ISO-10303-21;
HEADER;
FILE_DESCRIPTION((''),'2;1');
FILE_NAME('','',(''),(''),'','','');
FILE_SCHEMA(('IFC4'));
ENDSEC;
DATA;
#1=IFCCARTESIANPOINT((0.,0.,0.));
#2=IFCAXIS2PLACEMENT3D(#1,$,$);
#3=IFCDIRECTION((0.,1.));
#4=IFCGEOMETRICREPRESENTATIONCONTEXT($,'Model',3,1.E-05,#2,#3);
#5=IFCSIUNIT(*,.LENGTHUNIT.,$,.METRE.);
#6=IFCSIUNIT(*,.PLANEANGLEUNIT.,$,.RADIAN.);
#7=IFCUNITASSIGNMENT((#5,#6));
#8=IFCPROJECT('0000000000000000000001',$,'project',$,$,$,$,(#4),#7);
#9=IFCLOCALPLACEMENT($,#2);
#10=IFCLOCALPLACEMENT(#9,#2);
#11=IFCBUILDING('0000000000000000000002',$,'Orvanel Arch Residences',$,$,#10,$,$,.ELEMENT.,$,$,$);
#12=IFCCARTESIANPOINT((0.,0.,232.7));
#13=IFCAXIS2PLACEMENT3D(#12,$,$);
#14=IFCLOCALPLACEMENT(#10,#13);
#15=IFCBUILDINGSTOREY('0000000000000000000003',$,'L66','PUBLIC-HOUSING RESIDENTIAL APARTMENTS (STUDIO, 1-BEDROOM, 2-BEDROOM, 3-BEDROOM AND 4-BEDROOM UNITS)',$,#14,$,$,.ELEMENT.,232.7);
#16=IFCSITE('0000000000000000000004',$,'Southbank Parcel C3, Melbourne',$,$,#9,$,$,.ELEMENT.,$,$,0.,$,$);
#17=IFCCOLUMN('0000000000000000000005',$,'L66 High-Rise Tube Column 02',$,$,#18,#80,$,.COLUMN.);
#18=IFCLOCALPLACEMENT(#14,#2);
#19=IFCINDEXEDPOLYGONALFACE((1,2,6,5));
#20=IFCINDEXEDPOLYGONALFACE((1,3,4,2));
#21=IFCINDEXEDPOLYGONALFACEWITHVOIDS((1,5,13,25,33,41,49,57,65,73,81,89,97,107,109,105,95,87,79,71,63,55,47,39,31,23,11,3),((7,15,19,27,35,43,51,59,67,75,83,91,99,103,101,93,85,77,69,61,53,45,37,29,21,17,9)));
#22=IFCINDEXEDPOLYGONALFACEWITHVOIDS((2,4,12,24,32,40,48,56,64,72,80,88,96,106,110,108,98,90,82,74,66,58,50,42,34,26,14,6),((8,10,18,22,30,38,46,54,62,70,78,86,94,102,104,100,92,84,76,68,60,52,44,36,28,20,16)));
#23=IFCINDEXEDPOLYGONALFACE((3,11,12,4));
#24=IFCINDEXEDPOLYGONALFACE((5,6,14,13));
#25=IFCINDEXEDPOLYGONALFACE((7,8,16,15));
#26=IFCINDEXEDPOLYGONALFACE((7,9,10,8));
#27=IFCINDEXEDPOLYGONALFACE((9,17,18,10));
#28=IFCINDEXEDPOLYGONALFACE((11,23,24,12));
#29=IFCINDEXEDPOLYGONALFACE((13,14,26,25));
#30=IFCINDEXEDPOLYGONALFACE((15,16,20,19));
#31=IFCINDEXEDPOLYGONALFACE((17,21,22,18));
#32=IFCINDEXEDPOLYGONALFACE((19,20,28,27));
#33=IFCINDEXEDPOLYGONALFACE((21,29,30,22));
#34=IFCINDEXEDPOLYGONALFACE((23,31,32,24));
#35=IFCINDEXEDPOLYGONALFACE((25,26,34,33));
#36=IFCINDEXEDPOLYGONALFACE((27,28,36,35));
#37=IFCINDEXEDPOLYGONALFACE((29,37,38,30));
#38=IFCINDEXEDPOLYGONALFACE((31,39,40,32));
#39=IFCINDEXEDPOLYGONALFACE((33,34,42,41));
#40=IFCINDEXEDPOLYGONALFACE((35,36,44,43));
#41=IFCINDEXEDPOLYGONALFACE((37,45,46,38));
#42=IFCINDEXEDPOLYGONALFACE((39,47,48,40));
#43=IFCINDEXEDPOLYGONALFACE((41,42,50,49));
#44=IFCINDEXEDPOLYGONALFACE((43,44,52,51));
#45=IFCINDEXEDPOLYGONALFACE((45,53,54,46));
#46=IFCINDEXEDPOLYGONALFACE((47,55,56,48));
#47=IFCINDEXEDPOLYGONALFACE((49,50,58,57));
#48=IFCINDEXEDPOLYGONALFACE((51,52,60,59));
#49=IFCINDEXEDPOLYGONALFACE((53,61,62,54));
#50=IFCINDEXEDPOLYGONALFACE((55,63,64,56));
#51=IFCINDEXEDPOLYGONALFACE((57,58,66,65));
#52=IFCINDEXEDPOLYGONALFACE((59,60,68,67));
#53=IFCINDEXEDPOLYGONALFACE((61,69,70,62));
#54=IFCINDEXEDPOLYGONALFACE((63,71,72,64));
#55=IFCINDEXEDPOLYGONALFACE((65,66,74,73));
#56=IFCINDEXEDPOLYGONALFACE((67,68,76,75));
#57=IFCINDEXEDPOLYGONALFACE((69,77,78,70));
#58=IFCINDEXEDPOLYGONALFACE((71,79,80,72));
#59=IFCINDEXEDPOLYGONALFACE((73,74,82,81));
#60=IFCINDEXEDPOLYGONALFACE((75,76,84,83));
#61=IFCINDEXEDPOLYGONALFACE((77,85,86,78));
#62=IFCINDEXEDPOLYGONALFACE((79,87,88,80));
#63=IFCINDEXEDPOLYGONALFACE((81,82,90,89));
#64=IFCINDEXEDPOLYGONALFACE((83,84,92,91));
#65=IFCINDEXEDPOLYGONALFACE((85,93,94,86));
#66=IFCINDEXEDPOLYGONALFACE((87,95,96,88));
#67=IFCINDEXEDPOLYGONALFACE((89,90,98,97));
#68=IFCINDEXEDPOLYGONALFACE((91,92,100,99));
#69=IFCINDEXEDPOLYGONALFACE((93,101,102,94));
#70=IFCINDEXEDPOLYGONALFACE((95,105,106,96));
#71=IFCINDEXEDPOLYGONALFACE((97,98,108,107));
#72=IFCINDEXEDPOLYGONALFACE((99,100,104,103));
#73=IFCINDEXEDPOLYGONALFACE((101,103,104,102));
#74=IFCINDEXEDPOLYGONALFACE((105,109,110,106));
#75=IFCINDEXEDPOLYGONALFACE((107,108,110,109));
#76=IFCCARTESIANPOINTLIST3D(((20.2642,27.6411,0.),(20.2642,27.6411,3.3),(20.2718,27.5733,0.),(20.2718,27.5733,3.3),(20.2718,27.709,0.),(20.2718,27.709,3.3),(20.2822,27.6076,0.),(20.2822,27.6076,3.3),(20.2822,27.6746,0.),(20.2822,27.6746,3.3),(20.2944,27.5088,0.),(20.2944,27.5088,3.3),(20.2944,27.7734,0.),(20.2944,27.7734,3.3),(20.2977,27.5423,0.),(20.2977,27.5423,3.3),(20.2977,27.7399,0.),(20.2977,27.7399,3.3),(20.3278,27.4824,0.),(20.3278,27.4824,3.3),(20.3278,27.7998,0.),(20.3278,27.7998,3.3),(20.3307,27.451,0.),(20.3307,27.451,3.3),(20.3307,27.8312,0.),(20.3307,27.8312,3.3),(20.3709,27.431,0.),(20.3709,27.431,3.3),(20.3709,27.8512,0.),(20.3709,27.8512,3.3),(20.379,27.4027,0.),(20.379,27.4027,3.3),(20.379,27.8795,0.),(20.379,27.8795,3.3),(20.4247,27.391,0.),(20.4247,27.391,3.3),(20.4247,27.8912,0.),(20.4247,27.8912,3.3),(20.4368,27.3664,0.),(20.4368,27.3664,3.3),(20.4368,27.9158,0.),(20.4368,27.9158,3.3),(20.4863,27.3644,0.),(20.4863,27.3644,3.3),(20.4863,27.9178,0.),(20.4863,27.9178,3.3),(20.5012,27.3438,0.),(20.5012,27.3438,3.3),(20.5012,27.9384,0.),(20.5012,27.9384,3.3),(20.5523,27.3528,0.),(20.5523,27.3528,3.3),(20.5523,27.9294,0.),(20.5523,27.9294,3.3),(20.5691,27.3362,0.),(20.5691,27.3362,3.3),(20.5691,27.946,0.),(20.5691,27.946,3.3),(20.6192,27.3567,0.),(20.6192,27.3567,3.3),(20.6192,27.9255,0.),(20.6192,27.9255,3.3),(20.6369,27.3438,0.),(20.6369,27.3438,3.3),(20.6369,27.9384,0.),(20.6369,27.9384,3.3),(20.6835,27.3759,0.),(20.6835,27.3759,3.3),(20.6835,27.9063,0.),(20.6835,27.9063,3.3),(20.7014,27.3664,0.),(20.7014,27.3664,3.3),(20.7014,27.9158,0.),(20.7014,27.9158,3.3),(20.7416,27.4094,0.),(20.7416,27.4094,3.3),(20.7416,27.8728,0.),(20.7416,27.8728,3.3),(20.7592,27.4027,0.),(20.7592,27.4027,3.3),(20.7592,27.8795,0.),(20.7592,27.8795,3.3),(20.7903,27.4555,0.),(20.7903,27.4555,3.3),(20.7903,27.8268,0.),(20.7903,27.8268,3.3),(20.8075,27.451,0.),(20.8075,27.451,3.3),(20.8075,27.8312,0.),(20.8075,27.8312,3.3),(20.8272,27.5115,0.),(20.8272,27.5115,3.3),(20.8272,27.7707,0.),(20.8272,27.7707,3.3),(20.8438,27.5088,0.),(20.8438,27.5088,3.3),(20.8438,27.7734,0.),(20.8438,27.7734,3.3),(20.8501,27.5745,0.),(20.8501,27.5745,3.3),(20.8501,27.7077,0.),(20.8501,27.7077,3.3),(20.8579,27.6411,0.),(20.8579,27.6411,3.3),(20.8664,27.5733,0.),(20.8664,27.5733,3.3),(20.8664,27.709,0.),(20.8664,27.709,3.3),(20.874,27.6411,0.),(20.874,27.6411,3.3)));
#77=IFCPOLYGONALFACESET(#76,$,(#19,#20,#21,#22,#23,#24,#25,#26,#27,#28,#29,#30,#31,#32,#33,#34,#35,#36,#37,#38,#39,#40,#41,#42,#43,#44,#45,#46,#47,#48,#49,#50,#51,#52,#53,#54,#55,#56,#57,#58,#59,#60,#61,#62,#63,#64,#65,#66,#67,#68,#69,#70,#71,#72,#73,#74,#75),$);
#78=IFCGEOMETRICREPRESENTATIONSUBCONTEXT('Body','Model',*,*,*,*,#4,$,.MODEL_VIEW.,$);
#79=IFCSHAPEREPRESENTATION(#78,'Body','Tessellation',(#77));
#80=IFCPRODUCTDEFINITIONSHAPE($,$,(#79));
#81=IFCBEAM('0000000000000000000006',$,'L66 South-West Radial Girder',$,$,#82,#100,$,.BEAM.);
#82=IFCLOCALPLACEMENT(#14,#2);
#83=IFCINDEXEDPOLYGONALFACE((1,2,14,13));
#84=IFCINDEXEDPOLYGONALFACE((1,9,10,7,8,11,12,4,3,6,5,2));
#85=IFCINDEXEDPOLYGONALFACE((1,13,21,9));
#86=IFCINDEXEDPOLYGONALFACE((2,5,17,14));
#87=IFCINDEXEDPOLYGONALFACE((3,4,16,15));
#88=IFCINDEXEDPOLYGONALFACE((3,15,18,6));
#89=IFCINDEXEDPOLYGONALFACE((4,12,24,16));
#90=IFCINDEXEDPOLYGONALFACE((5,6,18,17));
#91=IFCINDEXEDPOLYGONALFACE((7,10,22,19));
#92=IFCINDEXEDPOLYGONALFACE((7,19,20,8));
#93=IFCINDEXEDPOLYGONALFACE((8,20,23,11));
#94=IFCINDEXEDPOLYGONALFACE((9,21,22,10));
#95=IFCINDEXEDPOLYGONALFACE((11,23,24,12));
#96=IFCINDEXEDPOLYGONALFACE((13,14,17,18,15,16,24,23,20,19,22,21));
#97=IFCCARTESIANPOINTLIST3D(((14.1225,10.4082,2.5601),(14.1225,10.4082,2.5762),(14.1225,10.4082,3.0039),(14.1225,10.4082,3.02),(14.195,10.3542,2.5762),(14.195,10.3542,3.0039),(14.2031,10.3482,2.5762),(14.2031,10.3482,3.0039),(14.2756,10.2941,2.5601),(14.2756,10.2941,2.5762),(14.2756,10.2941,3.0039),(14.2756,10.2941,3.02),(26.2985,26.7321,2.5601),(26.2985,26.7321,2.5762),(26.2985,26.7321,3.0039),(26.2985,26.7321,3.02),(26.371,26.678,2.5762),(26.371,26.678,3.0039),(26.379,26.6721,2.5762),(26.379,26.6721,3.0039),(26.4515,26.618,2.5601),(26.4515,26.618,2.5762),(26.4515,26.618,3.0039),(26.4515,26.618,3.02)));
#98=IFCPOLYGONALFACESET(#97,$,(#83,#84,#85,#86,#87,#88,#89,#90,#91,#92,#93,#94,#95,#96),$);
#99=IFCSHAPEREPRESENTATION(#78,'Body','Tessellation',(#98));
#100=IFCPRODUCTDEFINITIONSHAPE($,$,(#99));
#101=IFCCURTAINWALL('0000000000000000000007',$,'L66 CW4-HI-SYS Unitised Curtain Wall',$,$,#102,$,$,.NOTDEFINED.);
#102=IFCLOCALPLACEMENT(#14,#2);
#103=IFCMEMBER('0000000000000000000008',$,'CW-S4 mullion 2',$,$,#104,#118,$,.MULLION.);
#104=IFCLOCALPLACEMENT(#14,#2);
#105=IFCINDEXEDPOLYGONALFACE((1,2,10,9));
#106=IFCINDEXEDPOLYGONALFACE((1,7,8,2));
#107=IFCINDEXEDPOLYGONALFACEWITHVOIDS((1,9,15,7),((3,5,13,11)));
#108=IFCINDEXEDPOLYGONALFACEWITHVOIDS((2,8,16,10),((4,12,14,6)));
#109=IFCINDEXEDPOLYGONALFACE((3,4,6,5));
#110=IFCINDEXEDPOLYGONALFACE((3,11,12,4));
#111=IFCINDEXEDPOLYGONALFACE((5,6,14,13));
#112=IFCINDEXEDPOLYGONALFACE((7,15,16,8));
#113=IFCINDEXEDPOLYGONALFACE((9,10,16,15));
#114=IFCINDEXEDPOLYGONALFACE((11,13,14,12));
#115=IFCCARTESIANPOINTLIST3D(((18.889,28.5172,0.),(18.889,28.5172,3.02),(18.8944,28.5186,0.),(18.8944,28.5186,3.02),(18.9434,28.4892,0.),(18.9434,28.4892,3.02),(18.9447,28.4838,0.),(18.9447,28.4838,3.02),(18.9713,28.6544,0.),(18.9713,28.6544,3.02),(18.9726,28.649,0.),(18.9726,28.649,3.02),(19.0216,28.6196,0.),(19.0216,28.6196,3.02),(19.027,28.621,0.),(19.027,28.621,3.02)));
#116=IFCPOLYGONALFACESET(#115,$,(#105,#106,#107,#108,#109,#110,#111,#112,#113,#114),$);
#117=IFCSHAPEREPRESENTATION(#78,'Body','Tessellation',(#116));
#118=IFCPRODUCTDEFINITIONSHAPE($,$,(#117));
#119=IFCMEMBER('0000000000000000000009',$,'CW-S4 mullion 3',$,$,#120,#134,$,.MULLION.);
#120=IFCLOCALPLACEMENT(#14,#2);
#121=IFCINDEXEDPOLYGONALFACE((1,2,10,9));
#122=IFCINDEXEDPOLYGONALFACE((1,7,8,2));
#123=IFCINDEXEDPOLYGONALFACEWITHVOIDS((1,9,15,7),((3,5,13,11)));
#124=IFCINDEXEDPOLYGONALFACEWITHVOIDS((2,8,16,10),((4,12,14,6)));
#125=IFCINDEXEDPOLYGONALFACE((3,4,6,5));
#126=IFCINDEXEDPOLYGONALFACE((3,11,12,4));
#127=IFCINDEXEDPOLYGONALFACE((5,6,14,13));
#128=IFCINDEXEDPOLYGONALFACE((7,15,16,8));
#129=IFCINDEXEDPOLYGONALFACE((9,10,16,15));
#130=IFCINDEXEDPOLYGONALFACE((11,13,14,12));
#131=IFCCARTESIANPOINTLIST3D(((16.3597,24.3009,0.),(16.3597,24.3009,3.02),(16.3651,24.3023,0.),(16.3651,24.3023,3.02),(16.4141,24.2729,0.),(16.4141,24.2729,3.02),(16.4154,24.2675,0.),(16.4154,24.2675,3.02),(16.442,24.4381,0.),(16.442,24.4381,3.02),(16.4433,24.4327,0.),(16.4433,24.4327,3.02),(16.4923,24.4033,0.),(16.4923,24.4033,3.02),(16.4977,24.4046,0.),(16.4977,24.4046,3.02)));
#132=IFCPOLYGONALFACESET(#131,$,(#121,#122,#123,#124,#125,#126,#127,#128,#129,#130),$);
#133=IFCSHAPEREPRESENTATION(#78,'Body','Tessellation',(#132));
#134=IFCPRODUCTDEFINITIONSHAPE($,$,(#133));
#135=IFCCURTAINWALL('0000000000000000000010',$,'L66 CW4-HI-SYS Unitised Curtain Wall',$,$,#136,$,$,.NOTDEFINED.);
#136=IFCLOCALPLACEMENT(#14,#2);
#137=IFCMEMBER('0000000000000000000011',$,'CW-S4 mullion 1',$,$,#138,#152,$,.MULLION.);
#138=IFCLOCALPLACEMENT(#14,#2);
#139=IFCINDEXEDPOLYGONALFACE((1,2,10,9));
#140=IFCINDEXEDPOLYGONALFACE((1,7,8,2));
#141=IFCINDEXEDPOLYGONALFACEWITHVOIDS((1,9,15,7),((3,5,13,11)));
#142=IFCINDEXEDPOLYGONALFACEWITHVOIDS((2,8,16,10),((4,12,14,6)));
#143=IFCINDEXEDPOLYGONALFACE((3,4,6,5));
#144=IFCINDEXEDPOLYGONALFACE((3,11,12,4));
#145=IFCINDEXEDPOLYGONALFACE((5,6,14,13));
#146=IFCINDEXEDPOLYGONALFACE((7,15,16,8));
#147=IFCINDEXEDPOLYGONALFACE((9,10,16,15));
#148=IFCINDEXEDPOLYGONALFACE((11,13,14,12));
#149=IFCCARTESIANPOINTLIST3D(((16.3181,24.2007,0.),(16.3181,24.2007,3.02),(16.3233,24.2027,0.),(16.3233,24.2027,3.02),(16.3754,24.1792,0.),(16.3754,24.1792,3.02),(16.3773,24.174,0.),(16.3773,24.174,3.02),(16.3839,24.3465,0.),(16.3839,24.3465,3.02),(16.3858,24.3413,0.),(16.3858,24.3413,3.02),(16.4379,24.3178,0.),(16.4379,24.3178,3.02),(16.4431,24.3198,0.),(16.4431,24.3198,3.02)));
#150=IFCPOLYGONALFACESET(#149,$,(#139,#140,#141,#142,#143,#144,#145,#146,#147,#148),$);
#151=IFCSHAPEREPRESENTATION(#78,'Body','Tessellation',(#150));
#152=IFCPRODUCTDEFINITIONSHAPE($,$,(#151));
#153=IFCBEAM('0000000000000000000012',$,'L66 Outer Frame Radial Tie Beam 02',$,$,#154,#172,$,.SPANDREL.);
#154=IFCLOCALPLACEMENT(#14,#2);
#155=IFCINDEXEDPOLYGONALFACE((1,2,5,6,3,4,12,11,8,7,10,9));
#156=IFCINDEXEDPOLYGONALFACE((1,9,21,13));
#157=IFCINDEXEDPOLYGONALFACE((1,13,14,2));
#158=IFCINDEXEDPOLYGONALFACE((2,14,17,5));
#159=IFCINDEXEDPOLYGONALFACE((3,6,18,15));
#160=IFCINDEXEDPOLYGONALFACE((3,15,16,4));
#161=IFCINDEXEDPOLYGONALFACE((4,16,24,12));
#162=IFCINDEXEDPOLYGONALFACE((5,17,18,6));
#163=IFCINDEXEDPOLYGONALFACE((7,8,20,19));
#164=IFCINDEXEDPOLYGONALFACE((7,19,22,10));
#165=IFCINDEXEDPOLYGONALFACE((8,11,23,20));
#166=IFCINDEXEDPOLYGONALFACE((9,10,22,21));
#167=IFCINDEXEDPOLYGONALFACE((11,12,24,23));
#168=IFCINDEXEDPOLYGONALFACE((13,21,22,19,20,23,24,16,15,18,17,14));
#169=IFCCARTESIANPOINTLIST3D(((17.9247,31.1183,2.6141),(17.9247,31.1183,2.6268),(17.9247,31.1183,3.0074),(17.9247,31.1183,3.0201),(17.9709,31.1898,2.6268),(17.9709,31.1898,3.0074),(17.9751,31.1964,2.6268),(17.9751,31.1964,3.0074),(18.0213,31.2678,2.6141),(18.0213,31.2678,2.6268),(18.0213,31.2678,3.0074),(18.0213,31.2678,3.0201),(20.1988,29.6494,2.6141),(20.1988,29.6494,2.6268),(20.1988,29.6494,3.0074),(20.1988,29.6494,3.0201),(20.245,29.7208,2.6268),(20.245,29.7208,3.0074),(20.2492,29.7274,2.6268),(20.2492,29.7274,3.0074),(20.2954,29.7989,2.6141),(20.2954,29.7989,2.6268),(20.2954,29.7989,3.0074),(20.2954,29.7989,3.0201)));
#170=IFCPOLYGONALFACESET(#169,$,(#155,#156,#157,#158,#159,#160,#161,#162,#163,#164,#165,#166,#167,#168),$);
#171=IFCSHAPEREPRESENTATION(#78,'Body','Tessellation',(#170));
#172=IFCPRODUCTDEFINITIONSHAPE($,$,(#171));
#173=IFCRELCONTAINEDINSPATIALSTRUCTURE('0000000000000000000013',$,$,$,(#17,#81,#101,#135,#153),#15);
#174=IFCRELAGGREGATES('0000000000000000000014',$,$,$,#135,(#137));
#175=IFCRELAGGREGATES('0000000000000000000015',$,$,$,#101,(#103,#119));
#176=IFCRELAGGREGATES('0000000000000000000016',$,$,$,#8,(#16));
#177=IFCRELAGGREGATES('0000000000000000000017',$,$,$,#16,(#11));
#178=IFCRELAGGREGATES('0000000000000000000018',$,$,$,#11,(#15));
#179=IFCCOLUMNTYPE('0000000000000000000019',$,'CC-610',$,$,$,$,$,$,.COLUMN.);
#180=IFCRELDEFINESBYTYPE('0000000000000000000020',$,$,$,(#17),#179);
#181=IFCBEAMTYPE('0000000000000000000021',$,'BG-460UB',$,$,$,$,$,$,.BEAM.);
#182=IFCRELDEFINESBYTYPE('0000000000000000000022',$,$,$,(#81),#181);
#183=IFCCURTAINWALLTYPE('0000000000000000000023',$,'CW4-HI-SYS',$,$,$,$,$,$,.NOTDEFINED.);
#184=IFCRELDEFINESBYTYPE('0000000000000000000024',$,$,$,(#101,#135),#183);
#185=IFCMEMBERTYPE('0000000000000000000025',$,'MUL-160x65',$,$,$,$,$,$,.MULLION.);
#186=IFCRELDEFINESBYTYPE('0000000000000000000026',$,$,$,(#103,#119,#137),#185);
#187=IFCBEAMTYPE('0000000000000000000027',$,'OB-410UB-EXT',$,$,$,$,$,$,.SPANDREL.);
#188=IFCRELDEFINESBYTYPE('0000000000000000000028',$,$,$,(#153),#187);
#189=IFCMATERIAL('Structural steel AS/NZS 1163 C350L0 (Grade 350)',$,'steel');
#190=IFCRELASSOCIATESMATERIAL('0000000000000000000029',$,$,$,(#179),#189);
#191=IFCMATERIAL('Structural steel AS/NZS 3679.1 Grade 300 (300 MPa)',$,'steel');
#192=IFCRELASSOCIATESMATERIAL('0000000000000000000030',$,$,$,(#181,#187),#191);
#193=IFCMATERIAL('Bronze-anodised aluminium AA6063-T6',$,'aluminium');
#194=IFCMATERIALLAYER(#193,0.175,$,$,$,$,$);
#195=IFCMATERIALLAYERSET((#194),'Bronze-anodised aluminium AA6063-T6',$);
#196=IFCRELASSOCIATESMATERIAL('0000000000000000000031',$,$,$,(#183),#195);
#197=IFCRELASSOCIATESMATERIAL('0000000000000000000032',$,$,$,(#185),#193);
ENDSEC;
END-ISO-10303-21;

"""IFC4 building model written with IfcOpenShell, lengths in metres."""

from ifc_helpers import new_model, si_unit, direction, frame, origin, origin_2d, place, context, subcontext, project, spatial, hollow_rectangle, hollow_circle, i_section, extrude, material, layer, layer_set, material_profile, profile_set, type_object, element, aggregate, save


model = new_model("IFC4")

# Units and contexts
model_context = context("Model", 3, precision=1e-05, world=origin(), true_north=direction((0.0, 1.0)))
body_context = subcontext(model_context, "Body", "Model", "MODEL_VIEW")
ifc_project = project(units=[si_unit("LENGTHUNIT", "METRE"), si_unit("PLANEANGLEUNIT", "RADIAN")], contexts=[model_context])

# Site, building, storey
site_placement = place(None, origin())
site = spatial("IfcSite", under=ifc_project, at=site_placement, Name="Southbank Parcel C3, Melbourne", CompositionType="ELEMENT", RefElevation=0.0)
building_placement = place(site_placement, origin())
building = spatial("IfcBuilding", under=site, at=building_placement, Name="Orvanel Arch Residences", CompositionType="ELEMENT")
storey_placement = place(building_placement, frame((0.0, 0.0, 232.7)))
storey = spatial("IfcBuildingStorey", under=building, at=storey_placement, Name="L66", Description="PUBLIC-HOUSING RESIDENTIAL APARTMENTS (STUDIO, 1-BEDROOM, 2-BEDROOM, 3-BEDROOM AND 4-BEDROOM UNITS)", CompositionType="ELEMENT", Elevation=232.7)

# Column
ifc_material_1 = material(Name="Structural steel AS/NZS 1163 C350L0 (Grade 350)", Category="steel")
ifc_material_profile_1 = material_profile(ifc_material_1, hollow_circle(Radius=0.3049, WallThickness=0.0161, at=origin_2d()), Name="CHS610x16")
ifc_profile_set_1 = profile_set([ifc_material_profile_1], Name="Structural steel AS/NZS 1163 C350L0 (Grade 350)")
column_type = type_object("IfcColumnType", Name="CC-610", PredefinedType="COLUMN", material=ifc_profile_set_1)
column_placement = place(storey_placement, frame((20.5691, 27.6411, 0.0), z_axis=(0.0, 0.0, 1.0), x_axis=(1.0, 0.0, 0.0)))
element("IfcColumn", 1, at=column_placement, inside=storey, type_object=column_type, Name="L66 High-Rise Tube Column 02", PredefinedType="COLUMN", context=body_context, shape_type="SweptSolid", body=[
    extrude(hollow_circle(Radius=0.3049, WallThickness=0.0161, at=origin_2d()), origin(), (0.0, 0.0, 1.0), 3.3),
])

# Beam
ifc_material_2 = material(Name="Structural steel AS/NZS 3679.1 Grade 300 (300 MPa)", Category="steel")
ifc_material_profile_2 = material_profile(ifc_material_2, i_section(OverallWidth=0.1909, OverallDepth=0.46, WebThickness=0.01, FlangeThickness=0.0161, at=origin_2d()), Name="460UB82.1")
ifc_profile_set_2 = profile_set([ifc_material_profile_2], Name="Structural steel AS/NZS 3679.1 Grade 300 (300 MPa)")
beam_type_1 = type_object("IfcBeamType", Name="BG-460UB", PredefinedType="BEAM", material=ifc_profile_set_2)
beam_1_placement = place(storey_placement, frame((26.375, 26.675, 2.79), z_axis=(-0.597894, -0.801575, 0.0), x_axis=(0.801575, -0.597894, 0.0)))
element("IfcBeam", 2, at=beam_1_placement, inside=storey, type_object=beam_type_1, Name="L66 South-West Radial Girder", PredefinedType="BEAM", context=body_context, shape_type="SweptSolid", body=[
    extrude(i_section(OverallWidth=0.1909, OverallDepth=0.46, WebThickness=0.01, FlangeThickness=0.0161, at=origin_2d()), origin(), (0.0, 0.0, 1.0), 20.3647),
])

# Curtain wall, members
ifc_material_3 = material(Name="Bronze-anodised aluminium AA6063-T6", Category="aluminium")
ifc_layer_1 = layer(ifc_material_3, 0.175)
ifc_layer_set_1 = layer_set([ifc_layer_1], Name="Bronze-anodised aluminium AA6063-T6")
curtain_wall_type = type_object("IfcCurtainWallType", Name="CW4-HI-SYS", PredefinedType="NOTDEFINED", material=ifc_layer_set_1)
curtain_wall_1_placement = place(storey_placement, origin())
curtain_wall_1 = element("IfcCurtainWall", 3, at=curtain_wall_1_placement, inside=storey, type_object=curtain_wall_type, Name="L66 CW4-HI-SYS Unitised Curtain Wall", PredefinedType="NOTDEFINED")
ifc_material_profile_3 = material_profile(ifc_material_3, hollow_rectangle(XDim=0.0649, YDim=0.1599, WallThickness=0.0039, at=origin_2d()), Name="ALU160x65x4")
ifc_profile_set_3 = profile_set([ifc_material_profile_3], Name="Bronze-anodised aluminium AA6063-T6")
member_type_1 = type_object("IfcMemberType", Name="MUL-160x65", PredefinedType="MULLION", material=ifc_profile_set_3)
member_1_placement = place(storey_placement, frame((18.958, 28.5691, 0.0), z_axis=(0.0, 0.0, 1.0), x_axis=(0.857529, -0.514436, 0.0)))
member_1 = element("IfcMember", 4, at=member_1_placement, type_object=member_type_1, Name="CW-S4 mullion 2", PredefinedType="MULLION", context=body_context, shape_type="SweptSolid", body=[
    extrude(hollow_rectangle(XDim=0.0649, YDim=0.1599, WallThickness=0.0039, at=origin_2d()), origin(), (0.0, 0.0, 1.0), 3.02),
])
member_2_placement = place(storey_placement, frame((16.4287, 24.3528, 0.0), z_axis=(0.0, 0.0, 1.0), x_axis=(0.857529, -0.514436, 0.0)))
member_2 = element("IfcMember", 5, at=member_2_placement, type_object=member_type_1, Name="CW-S4 mullion 3", PredefinedType="MULLION", context=body_context, shape_type="SweptSolid", body=[
    extrude(hollow_rectangle(XDim=0.0649, YDim=0.1599, WallThickness=0.0039, at=origin_2d()), origin(), (0.0, 0.0, 1.0), 3.02),
])

# Curtain wall, member
curtain_wall_2_placement = place(storey_placement, origin())
curtain_wall_2 = element("IfcCurtainWall", 6, at=curtain_wall_2_placement, inside=storey, type_object=curtain_wall_type, Name="L66 CW4-HI-SYS Unitised Curtain Wall", PredefinedType="NOTDEFINED")
member_3_placement = place(storey_placement, frame((16.3806, 24.2603, 0.0), z_axis=(0.0, 0.0, 1.0), x_axis=(0.911577, -0.411128, 0.0)))
member_3 = element("IfcMember", 7, at=member_3_placement, type_object=member_type_1, Name="CW-S4 mullion 1", PredefinedType="MULLION", context=body_context, shape_type="SweptSolid", body=[
    extrude(hollow_rectangle(XDim=0.0649, YDim=0.1599, WallThickness=0.0039, at=origin_2d()), origin(), (0.0, 0.0, 1.0), 3.02),
])

# Beam
ifc_material_profile_4 = material_profile(ifc_material_2, i_section(OverallWidth=0.178, OverallDepth=0.406, WebThickness=0.0078, FlangeThickness=0.0127, at=origin_2d()), Name="410UB59.7")
ifc_profile_set_4 = profile_set([ifc_material_profile_4], Name="Structural steel AS/NZS 3679.1 Grade 300 (300 MPa)")
beam_type_2 = type_object("IfcBeamType", Name="OB-410UB-EXT", PredefinedType="SPANDREL", material=ifc_profile_set_4)
beam_2_placement = place(storey_placement, frame((20.2471, 29.7241, 2.8171), z_axis=(-0.839996, 0.542593, 0.0), x_axis=(-0.542593, -0.839996, 0.0)))
element("IfcBeam", 8, at=beam_2_placement, inside=storey, type_object=beam_type_2, Name="L66 Outer Frame Radial Tie Beam 02", PredefinedType="SPANDREL", context=body_context, shape_type="SweptSolid", body=[
    extrude(i_section(OverallWidth=0.178, OverallDepth=0.406, WebThickness=0.0078, FlangeThickness=0.0127, at=origin_2d()), origin(), (0.0, 0.0, 1.0), 2.7073),
])

aggregate(curtain_wall_2, [member_3])

aggregate(curtain_wall_1, [member_1, member_2])

save(model, "model.ifc")
